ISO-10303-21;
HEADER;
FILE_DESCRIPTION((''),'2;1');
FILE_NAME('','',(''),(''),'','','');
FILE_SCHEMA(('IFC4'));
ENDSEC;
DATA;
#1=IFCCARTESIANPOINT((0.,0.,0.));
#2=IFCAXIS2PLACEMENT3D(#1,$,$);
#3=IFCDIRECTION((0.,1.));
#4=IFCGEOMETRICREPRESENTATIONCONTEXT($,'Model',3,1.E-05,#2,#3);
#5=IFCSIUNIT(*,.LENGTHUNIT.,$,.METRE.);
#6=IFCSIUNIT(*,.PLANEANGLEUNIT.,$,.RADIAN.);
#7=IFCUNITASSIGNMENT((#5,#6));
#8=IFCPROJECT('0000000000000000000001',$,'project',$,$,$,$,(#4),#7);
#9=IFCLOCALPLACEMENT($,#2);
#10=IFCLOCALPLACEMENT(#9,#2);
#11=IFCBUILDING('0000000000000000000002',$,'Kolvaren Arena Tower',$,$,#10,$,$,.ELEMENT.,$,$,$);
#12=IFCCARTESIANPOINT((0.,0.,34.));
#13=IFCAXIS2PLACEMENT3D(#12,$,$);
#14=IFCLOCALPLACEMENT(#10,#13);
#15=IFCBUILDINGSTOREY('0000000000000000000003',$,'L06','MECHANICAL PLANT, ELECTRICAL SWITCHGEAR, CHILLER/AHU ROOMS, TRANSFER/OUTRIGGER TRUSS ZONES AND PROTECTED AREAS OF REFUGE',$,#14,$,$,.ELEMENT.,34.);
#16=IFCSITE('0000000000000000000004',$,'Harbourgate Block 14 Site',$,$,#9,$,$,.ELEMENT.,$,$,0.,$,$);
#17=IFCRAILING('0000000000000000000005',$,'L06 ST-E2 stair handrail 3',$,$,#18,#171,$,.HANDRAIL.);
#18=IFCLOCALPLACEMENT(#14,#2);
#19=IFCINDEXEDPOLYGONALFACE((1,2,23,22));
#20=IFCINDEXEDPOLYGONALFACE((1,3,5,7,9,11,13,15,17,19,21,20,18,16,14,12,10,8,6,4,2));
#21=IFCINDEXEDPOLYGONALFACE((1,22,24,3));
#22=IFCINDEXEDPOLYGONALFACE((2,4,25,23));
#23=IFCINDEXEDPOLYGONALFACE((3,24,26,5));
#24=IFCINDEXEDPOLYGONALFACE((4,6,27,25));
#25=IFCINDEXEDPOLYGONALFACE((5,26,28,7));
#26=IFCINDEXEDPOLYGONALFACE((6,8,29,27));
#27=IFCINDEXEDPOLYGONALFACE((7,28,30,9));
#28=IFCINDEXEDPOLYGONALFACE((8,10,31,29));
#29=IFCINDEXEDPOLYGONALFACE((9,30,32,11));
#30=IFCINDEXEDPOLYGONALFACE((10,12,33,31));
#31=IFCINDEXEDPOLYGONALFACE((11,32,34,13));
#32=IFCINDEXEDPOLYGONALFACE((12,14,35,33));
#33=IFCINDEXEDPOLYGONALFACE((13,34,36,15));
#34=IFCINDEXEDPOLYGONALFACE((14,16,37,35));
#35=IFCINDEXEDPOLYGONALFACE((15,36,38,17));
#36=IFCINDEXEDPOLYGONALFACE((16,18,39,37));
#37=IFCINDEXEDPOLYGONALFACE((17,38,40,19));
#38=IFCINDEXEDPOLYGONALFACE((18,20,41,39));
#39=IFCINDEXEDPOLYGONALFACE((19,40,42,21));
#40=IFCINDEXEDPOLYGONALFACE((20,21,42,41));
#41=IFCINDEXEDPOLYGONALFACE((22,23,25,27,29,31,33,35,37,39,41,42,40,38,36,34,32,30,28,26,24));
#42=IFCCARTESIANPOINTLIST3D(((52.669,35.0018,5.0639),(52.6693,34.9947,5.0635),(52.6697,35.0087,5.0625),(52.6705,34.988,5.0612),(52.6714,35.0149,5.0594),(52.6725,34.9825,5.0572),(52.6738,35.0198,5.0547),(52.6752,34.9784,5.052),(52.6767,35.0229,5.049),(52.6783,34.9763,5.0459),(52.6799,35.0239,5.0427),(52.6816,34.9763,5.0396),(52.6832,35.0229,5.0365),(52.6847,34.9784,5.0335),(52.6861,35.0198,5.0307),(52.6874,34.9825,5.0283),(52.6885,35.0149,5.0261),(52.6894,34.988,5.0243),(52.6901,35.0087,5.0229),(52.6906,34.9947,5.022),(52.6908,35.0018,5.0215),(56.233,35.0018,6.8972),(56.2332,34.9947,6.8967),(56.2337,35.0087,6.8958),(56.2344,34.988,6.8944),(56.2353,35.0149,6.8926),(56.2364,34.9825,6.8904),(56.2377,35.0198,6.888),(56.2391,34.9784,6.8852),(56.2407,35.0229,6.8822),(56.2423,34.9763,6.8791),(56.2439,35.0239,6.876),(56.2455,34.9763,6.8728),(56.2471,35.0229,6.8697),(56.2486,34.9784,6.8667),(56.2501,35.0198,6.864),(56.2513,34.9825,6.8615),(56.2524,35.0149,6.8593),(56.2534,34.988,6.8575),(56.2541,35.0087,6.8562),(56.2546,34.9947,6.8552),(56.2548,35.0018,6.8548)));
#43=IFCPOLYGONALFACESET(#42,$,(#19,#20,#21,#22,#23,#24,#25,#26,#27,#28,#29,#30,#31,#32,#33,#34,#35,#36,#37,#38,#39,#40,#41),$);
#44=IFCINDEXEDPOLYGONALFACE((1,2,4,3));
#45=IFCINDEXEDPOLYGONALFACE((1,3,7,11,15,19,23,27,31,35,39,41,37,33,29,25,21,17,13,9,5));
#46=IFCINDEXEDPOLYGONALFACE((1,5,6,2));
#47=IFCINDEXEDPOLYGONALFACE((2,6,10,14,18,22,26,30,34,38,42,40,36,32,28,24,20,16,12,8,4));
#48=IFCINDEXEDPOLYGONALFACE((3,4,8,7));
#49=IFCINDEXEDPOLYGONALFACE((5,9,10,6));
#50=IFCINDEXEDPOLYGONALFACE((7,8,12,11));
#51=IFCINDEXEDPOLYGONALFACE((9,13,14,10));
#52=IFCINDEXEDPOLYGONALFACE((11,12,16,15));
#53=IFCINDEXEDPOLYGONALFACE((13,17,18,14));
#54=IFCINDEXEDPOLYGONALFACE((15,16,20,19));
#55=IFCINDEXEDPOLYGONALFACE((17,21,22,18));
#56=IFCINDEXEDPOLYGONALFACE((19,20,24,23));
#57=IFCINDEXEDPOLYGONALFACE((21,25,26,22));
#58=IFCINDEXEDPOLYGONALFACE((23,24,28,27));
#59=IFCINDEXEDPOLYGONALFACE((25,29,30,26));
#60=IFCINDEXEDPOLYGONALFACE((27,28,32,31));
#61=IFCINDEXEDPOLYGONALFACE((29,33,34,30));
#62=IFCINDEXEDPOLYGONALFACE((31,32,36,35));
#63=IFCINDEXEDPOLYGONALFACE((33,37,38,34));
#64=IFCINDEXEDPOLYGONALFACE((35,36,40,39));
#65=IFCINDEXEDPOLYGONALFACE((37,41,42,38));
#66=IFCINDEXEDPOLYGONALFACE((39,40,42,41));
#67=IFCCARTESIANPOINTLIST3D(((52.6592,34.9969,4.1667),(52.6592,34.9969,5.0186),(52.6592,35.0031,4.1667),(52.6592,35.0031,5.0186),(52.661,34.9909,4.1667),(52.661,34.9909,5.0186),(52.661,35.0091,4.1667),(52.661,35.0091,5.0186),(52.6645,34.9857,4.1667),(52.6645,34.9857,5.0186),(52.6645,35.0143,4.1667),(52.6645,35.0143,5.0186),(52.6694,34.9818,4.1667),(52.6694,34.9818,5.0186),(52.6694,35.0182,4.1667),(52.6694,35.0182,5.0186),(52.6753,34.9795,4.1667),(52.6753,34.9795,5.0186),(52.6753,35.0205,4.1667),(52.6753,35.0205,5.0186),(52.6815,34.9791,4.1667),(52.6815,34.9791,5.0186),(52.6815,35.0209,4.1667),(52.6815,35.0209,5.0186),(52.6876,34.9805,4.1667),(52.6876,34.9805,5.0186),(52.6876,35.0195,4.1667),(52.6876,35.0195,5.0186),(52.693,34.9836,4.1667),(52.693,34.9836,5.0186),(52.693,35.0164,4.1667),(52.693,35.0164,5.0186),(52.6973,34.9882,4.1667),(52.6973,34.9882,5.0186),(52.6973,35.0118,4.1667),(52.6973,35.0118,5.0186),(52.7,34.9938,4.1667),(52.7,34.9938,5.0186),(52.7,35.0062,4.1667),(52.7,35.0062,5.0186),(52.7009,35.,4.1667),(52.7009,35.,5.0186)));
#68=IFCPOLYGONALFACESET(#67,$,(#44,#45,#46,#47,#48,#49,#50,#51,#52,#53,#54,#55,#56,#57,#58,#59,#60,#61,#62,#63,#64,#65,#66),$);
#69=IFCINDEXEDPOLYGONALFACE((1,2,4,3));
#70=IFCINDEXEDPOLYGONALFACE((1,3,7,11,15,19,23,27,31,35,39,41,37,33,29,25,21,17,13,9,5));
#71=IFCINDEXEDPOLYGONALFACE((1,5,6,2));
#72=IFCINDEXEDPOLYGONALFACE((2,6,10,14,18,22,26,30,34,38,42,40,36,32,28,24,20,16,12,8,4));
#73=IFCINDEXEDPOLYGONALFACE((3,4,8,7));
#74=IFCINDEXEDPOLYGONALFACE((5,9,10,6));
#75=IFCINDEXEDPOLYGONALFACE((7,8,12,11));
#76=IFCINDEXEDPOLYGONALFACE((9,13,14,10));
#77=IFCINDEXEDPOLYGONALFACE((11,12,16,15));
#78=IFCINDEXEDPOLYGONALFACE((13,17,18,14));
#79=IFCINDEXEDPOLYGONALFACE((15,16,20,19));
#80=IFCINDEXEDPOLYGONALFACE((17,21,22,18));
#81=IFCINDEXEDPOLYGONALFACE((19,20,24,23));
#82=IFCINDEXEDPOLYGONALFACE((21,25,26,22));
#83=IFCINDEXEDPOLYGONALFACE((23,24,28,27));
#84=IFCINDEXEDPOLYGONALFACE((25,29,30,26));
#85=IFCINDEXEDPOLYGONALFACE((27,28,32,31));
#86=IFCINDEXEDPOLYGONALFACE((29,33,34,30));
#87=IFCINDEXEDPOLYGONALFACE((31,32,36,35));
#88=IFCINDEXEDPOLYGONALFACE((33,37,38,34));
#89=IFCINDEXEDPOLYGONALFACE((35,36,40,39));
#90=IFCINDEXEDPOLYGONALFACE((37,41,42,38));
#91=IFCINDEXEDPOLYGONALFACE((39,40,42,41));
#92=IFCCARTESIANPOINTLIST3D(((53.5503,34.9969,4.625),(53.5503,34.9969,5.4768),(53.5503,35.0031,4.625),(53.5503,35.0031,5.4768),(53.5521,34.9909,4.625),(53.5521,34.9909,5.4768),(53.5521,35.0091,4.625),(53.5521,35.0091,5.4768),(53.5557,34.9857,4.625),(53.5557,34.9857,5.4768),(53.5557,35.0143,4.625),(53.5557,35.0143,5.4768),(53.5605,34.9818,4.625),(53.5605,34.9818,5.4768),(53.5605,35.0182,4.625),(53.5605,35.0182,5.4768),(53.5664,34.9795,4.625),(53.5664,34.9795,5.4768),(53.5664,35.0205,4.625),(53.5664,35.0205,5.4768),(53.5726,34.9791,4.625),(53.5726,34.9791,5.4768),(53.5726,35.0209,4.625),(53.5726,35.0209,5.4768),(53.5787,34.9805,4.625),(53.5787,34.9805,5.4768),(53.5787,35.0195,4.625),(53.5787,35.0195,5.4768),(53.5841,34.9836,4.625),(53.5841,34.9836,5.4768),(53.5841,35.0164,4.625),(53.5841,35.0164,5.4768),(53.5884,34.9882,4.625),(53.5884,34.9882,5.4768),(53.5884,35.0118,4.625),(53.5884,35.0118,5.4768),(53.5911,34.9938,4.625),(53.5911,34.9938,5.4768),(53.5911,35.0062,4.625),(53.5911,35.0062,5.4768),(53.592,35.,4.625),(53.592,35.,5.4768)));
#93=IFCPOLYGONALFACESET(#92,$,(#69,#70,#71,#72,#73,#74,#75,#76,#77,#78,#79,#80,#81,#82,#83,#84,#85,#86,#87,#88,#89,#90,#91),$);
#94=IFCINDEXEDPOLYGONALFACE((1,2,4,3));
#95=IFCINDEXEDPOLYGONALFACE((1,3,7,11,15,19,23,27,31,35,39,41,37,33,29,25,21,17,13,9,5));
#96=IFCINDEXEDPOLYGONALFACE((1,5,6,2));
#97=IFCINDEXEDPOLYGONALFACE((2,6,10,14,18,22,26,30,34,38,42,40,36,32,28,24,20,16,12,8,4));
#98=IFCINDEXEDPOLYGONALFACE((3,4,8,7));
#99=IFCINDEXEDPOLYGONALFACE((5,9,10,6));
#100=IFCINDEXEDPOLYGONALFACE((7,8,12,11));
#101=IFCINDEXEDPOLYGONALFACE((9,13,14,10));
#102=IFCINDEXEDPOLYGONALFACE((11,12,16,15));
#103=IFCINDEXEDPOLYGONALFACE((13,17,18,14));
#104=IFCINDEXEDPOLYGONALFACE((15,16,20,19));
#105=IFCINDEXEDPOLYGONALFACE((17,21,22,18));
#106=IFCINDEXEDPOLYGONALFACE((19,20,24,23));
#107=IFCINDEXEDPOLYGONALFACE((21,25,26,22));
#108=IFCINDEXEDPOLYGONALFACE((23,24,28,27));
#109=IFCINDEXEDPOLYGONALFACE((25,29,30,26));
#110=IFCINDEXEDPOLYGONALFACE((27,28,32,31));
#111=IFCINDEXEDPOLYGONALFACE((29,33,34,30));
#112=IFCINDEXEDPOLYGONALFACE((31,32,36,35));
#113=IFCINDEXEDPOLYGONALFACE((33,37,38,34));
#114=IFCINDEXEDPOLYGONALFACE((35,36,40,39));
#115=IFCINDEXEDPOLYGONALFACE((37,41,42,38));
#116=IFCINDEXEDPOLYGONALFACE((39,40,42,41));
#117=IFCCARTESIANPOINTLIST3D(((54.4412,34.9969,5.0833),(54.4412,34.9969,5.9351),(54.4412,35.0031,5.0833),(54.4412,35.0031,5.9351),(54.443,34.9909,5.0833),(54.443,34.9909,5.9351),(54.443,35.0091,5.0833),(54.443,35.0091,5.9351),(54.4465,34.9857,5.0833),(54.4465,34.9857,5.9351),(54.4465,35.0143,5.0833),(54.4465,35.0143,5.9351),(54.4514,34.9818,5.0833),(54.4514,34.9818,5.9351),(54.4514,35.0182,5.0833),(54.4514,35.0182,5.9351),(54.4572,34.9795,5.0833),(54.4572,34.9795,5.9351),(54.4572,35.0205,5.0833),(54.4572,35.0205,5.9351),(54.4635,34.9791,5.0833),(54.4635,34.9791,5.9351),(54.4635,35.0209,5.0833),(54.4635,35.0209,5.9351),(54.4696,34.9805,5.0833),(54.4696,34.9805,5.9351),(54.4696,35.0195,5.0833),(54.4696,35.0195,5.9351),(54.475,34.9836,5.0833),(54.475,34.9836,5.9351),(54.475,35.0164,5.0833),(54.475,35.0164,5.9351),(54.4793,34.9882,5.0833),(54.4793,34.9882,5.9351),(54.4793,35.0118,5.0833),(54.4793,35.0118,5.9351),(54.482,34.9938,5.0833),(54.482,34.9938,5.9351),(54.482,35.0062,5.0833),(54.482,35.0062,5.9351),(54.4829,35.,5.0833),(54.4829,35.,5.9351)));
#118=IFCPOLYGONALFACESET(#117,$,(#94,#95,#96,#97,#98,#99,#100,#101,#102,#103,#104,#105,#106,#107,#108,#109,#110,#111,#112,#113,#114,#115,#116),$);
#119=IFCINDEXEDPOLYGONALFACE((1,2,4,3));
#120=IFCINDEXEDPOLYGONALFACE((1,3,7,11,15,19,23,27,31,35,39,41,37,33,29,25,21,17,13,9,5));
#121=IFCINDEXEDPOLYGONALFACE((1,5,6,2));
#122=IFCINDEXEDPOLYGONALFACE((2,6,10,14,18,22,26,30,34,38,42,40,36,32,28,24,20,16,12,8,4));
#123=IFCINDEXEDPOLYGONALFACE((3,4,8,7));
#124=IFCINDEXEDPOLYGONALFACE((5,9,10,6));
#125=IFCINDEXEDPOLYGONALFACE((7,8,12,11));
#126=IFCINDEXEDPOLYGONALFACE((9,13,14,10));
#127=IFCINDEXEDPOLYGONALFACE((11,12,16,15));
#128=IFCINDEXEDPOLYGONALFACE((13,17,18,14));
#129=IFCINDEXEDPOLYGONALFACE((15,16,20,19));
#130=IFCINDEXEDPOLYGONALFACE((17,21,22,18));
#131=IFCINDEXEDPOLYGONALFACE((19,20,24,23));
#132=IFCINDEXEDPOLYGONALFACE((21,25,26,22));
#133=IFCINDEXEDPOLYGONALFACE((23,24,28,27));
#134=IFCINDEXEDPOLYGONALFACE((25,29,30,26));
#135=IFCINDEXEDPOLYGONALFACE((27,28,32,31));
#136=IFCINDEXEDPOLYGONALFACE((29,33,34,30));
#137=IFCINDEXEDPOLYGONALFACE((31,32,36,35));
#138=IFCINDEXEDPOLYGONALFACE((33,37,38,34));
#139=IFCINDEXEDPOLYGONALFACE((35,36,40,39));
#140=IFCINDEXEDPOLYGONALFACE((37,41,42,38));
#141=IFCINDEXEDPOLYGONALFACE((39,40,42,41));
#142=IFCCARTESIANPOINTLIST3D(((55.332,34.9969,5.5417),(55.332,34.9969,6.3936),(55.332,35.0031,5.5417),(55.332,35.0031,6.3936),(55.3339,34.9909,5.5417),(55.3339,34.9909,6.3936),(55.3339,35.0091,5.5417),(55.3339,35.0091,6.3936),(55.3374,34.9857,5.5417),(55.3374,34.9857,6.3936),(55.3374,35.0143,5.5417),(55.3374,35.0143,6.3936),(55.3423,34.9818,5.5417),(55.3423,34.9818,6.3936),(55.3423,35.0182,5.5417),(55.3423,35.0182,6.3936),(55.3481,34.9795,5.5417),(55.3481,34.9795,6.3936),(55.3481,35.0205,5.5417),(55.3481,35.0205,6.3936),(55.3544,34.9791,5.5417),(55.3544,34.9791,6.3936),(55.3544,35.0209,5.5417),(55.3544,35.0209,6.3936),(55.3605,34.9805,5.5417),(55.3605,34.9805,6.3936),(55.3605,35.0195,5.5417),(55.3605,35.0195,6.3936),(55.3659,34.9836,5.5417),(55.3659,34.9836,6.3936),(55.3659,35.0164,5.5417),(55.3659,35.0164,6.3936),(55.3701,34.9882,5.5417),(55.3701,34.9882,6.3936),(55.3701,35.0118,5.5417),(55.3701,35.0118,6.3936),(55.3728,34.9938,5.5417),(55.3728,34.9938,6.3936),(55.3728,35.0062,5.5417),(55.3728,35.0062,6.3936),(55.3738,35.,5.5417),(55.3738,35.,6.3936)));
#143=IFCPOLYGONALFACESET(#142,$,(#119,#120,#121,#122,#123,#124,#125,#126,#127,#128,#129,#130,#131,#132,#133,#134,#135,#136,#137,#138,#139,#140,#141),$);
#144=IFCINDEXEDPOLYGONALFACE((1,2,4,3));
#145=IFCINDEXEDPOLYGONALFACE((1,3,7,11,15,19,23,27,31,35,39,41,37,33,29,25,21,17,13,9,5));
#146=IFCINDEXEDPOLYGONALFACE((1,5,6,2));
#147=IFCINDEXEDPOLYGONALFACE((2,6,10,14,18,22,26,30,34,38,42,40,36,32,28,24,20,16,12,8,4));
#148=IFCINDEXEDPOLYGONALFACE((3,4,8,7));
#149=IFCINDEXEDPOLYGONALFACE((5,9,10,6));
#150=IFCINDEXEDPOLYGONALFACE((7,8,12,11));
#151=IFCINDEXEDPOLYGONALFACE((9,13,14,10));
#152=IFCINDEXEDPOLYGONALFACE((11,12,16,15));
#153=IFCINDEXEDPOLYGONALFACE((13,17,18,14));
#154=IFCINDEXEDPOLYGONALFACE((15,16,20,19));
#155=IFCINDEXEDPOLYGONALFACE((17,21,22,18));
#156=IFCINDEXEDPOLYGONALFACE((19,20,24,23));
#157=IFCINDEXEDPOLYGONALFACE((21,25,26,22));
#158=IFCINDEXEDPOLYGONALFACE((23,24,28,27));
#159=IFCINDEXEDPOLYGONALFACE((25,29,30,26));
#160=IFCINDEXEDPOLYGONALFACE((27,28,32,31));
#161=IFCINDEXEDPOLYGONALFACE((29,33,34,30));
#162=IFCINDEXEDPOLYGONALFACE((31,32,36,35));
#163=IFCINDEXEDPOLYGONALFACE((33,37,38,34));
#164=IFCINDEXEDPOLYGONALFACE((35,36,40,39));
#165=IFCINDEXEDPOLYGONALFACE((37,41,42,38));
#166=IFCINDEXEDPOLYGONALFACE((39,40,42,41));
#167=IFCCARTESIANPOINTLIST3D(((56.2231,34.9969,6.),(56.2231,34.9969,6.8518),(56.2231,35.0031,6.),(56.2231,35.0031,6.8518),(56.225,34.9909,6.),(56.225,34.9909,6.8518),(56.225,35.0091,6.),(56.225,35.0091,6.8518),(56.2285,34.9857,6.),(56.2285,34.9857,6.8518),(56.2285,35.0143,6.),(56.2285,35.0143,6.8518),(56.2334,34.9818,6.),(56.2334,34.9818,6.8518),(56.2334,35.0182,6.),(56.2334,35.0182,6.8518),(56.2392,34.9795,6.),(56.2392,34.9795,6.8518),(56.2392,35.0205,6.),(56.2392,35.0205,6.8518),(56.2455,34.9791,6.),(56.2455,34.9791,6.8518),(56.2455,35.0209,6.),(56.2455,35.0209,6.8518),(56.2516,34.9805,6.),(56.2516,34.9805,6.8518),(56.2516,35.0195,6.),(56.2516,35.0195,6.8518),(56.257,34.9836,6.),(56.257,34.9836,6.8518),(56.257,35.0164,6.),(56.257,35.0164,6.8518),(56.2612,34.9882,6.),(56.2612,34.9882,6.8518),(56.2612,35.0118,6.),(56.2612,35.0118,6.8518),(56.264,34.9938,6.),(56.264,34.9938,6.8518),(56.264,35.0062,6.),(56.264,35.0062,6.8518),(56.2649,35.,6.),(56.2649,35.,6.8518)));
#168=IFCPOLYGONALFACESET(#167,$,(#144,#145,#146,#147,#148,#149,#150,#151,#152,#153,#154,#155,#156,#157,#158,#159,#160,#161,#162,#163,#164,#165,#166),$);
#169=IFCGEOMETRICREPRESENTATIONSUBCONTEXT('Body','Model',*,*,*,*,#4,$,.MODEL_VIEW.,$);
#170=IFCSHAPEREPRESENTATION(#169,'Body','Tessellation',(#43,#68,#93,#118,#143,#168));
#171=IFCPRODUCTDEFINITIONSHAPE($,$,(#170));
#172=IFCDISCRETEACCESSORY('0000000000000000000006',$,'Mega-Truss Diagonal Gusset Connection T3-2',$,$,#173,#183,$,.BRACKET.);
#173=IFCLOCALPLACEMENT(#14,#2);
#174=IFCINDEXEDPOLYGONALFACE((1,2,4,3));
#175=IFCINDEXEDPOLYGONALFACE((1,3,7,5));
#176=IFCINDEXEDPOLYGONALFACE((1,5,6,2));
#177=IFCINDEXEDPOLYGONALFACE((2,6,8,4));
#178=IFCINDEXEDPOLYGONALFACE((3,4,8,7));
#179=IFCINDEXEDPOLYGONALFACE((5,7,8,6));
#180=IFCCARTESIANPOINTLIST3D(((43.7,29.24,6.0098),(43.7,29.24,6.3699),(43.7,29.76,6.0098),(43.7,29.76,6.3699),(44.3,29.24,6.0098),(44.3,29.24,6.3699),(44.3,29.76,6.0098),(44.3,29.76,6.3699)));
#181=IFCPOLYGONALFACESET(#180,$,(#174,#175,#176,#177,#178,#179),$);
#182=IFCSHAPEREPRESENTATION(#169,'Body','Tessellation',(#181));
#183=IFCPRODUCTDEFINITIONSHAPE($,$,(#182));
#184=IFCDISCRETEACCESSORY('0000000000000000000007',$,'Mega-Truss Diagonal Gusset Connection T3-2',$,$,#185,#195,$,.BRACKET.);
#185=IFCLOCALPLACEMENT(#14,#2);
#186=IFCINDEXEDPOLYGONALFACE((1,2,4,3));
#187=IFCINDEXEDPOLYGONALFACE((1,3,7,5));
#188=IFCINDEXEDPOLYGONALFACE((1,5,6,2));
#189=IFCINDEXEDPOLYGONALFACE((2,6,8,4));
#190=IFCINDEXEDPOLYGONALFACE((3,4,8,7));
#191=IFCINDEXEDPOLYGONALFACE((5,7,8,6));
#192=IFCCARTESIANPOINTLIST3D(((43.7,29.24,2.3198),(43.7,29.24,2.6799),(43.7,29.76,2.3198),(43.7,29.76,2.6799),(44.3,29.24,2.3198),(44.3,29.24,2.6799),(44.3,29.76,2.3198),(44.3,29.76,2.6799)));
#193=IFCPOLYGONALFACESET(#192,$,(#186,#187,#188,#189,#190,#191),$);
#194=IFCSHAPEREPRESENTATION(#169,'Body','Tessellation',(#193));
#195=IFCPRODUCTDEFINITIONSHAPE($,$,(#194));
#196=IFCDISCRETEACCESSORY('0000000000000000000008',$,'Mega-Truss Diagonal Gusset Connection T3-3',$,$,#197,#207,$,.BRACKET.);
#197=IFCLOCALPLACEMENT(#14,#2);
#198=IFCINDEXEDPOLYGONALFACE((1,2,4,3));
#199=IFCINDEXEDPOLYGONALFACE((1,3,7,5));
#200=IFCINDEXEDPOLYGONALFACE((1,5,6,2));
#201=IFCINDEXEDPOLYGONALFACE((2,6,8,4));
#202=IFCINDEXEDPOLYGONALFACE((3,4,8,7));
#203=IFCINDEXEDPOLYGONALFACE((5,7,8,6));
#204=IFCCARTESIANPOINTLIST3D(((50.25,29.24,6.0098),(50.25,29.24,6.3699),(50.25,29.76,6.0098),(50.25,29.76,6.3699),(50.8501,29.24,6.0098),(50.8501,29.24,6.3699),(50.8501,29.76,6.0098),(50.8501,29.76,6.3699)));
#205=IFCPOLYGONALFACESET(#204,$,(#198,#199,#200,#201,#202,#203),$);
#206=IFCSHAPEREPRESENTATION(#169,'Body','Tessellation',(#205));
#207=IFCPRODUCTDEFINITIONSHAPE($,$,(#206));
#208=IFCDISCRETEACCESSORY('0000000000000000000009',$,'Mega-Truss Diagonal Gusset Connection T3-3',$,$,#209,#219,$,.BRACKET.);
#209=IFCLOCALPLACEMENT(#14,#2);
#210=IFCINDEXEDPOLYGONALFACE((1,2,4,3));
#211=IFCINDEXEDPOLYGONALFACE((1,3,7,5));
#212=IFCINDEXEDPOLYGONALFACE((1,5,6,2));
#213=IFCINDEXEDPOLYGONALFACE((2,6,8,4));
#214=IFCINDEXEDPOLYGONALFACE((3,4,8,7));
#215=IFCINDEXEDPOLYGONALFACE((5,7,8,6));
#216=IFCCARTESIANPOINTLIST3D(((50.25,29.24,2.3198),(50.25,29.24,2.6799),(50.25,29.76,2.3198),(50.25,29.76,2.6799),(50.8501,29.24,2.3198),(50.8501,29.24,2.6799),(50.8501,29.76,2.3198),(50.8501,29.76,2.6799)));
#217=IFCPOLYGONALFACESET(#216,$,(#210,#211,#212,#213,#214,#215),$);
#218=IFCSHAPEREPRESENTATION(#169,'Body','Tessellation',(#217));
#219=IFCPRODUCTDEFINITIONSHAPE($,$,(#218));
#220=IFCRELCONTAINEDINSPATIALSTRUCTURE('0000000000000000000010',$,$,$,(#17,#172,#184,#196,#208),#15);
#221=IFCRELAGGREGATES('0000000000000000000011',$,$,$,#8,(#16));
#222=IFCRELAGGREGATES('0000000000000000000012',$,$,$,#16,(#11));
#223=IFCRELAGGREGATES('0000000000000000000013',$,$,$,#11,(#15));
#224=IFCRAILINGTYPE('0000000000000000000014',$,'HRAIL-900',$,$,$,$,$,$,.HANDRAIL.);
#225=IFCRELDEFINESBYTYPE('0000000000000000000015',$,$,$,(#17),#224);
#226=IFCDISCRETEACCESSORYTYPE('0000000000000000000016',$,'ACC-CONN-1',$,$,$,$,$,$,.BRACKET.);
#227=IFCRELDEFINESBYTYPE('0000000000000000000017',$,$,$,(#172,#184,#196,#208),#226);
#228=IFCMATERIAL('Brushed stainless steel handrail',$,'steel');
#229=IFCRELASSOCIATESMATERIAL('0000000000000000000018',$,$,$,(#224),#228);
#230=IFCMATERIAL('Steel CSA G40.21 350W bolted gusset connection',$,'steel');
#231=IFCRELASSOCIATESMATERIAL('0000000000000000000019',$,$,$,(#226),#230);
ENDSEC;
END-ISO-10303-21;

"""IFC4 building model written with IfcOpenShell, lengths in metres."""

from ifc_helpers import new_model, si_unit, direction, frame, origin, origin_2d, place, context, subcontext, project, spatial, rectangle, circle, extrude, material, type_object, element, save


model = new_model("IFC4")

# Units and contexts
model_context = context("Model", 3, precision=1e-05, world=origin(), true_north=direction((0.0, 1.0)))
body_context = subcontext(model_context, "Body", "Model", "MODEL_VIEW")
ifc_project = project(units=[si_unit("LENGTHUNIT", "METRE"), si_unit("PLANEANGLEUNIT", "RADIAN")], contexts=[model_context])

# Site, building, storey
site_placement = place(None, origin())
site = spatial("IfcSite", under=ifc_project, at=site_placement, Name="Harbourgate Block 14 Site", CompositionType="ELEMENT", RefElevation=0.0)
building_placement = place(site_placement, origin())
building = spatial("IfcBuilding", under=site, at=building_placement, Name="Kolvaren Arena Tower", CompositionType="ELEMENT")
storey_placement = place(building_placement, frame((0.0, 0.0, 34.0)))
storey = spatial("IfcBuildingStorey", under=building, at=storey_placement, Name="L06", Description="MECHANICAL PLANT, ELECTRICAL SWITCHGEAR, CHILLER/AHU ROOMS, TRANSFER/OUTRIGGER TRUSS ZONES AND PROTECTED AREAS OF REFUGE", CompositionType="ELEMENT", Elevation=34.0)

# Railing
ifc_material_1 = material(Name="Brushed stainless steel handrail", Category="steel")
railing_type_1 = type_object("IfcRailingType", Name="HRAIL-900", PredefinedType="HANDRAIL", material=ifc_material_1)
for number, where, name in (
    (1, (52.6799, 35.0, 4.1667), "L06 ST-E2 stair handrail 3"),
):
    element("IfcRailing", number, at=place(storey_placement, frame(where)), inside=storey, type_object=railing_type_1, Name=name, PredefinedType="HANDRAIL", context=body_context, shape_type="SweptSolid", body=[
        extrude(circle(Radius=0.0239, at=origin_2d()), frame((0.0, 0.0, 0.876), z_axis=(0.889252, 0.0, 0.457418), x_axis=(0.0, 1.0, 0.0)), (0.0, 0.0, 1.0), 4.0078),
        extrude(circle(Radius=0.021, at=origin_2d()), origin(), (0.0, 0.0, 1.0), 0.8518),
        extrude(circle(Radius=0.021, at=origin_2d()), frame((0.8911, 0.0, 0.4583)), (0.0, 0.0, 1.0), 0.8518),
        extrude(circle(Radius=0.021, at=origin_2d()), frame((1.782, 0.0, 0.9165)), (0.0, 0.0, 1.0), 0.8518),
        extrude(circle(Radius=0.021, at=origin_2d()), frame((2.6729, 0.0, 1.375)), (0.0, 0.0, 1.0), 0.8518),
        extrude(circle(Radius=0.021, at=origin_2d()), frame((3.564, 0.0, 1.8333)), (0.0, 0.0, 1.0), 0.8518),
    ])

# Discrete accessories
ifc_material_2 = material(Name="Steel CSA G40.21 350W bolted gusset connection", Category="steel")
discrete_accessory_type = type_object("IfcDiscreteAccessoryType", Name="ACC-CONN-1", PredefinedType="BRACKET", material=ifc_material_2)
for number, where, z_axis, x_axis, name in (
    (2, (44.0, 29.5, 6.0098), (0.0, 0.0, 1.0), (1.0, 0.0, 0.0), "Mega-Truss Diagonal Gusset Connection T3-2"),
    (3, (44.0, 29.5, 2.3198), (0.0, 0.0, 1.0), (1.0, 0.0, 0.0), "Mega-Truss Diagonal Gusset Connection T3-2"),
    (4, (50.55, 29.5, 6.0098), (0.0, 0.0, 1.0), (1.0, 0.0, 0.0), "Mega-Truss Diagonal Gusset Connection T3-3"),
    (5, (50.55, 29.5, 2.3198), (0.0, 0.0, 1.0), (1.0, 0.0, 0.0), "Mega-Truss Diagonal Gusset Connection T3-3"),
):
    element("IfcDiscreteAccessory", number, at=place(storey_placement, frame(where, z_axis=z_axis, x_axis=x_axis)), inside=storey, type_object=discrete_accessory_type, Name=name, PredefinedType="BRACKET", context=body_context, shape_type="SweptSolid", body=[
        extrude(rectangle(XDim=0.6001, YDim=0.52, at=origin_2d()), origin(), (0.0, 0.0, 1.0), 0.3601),
    ])

save(model, "model.ifc")
